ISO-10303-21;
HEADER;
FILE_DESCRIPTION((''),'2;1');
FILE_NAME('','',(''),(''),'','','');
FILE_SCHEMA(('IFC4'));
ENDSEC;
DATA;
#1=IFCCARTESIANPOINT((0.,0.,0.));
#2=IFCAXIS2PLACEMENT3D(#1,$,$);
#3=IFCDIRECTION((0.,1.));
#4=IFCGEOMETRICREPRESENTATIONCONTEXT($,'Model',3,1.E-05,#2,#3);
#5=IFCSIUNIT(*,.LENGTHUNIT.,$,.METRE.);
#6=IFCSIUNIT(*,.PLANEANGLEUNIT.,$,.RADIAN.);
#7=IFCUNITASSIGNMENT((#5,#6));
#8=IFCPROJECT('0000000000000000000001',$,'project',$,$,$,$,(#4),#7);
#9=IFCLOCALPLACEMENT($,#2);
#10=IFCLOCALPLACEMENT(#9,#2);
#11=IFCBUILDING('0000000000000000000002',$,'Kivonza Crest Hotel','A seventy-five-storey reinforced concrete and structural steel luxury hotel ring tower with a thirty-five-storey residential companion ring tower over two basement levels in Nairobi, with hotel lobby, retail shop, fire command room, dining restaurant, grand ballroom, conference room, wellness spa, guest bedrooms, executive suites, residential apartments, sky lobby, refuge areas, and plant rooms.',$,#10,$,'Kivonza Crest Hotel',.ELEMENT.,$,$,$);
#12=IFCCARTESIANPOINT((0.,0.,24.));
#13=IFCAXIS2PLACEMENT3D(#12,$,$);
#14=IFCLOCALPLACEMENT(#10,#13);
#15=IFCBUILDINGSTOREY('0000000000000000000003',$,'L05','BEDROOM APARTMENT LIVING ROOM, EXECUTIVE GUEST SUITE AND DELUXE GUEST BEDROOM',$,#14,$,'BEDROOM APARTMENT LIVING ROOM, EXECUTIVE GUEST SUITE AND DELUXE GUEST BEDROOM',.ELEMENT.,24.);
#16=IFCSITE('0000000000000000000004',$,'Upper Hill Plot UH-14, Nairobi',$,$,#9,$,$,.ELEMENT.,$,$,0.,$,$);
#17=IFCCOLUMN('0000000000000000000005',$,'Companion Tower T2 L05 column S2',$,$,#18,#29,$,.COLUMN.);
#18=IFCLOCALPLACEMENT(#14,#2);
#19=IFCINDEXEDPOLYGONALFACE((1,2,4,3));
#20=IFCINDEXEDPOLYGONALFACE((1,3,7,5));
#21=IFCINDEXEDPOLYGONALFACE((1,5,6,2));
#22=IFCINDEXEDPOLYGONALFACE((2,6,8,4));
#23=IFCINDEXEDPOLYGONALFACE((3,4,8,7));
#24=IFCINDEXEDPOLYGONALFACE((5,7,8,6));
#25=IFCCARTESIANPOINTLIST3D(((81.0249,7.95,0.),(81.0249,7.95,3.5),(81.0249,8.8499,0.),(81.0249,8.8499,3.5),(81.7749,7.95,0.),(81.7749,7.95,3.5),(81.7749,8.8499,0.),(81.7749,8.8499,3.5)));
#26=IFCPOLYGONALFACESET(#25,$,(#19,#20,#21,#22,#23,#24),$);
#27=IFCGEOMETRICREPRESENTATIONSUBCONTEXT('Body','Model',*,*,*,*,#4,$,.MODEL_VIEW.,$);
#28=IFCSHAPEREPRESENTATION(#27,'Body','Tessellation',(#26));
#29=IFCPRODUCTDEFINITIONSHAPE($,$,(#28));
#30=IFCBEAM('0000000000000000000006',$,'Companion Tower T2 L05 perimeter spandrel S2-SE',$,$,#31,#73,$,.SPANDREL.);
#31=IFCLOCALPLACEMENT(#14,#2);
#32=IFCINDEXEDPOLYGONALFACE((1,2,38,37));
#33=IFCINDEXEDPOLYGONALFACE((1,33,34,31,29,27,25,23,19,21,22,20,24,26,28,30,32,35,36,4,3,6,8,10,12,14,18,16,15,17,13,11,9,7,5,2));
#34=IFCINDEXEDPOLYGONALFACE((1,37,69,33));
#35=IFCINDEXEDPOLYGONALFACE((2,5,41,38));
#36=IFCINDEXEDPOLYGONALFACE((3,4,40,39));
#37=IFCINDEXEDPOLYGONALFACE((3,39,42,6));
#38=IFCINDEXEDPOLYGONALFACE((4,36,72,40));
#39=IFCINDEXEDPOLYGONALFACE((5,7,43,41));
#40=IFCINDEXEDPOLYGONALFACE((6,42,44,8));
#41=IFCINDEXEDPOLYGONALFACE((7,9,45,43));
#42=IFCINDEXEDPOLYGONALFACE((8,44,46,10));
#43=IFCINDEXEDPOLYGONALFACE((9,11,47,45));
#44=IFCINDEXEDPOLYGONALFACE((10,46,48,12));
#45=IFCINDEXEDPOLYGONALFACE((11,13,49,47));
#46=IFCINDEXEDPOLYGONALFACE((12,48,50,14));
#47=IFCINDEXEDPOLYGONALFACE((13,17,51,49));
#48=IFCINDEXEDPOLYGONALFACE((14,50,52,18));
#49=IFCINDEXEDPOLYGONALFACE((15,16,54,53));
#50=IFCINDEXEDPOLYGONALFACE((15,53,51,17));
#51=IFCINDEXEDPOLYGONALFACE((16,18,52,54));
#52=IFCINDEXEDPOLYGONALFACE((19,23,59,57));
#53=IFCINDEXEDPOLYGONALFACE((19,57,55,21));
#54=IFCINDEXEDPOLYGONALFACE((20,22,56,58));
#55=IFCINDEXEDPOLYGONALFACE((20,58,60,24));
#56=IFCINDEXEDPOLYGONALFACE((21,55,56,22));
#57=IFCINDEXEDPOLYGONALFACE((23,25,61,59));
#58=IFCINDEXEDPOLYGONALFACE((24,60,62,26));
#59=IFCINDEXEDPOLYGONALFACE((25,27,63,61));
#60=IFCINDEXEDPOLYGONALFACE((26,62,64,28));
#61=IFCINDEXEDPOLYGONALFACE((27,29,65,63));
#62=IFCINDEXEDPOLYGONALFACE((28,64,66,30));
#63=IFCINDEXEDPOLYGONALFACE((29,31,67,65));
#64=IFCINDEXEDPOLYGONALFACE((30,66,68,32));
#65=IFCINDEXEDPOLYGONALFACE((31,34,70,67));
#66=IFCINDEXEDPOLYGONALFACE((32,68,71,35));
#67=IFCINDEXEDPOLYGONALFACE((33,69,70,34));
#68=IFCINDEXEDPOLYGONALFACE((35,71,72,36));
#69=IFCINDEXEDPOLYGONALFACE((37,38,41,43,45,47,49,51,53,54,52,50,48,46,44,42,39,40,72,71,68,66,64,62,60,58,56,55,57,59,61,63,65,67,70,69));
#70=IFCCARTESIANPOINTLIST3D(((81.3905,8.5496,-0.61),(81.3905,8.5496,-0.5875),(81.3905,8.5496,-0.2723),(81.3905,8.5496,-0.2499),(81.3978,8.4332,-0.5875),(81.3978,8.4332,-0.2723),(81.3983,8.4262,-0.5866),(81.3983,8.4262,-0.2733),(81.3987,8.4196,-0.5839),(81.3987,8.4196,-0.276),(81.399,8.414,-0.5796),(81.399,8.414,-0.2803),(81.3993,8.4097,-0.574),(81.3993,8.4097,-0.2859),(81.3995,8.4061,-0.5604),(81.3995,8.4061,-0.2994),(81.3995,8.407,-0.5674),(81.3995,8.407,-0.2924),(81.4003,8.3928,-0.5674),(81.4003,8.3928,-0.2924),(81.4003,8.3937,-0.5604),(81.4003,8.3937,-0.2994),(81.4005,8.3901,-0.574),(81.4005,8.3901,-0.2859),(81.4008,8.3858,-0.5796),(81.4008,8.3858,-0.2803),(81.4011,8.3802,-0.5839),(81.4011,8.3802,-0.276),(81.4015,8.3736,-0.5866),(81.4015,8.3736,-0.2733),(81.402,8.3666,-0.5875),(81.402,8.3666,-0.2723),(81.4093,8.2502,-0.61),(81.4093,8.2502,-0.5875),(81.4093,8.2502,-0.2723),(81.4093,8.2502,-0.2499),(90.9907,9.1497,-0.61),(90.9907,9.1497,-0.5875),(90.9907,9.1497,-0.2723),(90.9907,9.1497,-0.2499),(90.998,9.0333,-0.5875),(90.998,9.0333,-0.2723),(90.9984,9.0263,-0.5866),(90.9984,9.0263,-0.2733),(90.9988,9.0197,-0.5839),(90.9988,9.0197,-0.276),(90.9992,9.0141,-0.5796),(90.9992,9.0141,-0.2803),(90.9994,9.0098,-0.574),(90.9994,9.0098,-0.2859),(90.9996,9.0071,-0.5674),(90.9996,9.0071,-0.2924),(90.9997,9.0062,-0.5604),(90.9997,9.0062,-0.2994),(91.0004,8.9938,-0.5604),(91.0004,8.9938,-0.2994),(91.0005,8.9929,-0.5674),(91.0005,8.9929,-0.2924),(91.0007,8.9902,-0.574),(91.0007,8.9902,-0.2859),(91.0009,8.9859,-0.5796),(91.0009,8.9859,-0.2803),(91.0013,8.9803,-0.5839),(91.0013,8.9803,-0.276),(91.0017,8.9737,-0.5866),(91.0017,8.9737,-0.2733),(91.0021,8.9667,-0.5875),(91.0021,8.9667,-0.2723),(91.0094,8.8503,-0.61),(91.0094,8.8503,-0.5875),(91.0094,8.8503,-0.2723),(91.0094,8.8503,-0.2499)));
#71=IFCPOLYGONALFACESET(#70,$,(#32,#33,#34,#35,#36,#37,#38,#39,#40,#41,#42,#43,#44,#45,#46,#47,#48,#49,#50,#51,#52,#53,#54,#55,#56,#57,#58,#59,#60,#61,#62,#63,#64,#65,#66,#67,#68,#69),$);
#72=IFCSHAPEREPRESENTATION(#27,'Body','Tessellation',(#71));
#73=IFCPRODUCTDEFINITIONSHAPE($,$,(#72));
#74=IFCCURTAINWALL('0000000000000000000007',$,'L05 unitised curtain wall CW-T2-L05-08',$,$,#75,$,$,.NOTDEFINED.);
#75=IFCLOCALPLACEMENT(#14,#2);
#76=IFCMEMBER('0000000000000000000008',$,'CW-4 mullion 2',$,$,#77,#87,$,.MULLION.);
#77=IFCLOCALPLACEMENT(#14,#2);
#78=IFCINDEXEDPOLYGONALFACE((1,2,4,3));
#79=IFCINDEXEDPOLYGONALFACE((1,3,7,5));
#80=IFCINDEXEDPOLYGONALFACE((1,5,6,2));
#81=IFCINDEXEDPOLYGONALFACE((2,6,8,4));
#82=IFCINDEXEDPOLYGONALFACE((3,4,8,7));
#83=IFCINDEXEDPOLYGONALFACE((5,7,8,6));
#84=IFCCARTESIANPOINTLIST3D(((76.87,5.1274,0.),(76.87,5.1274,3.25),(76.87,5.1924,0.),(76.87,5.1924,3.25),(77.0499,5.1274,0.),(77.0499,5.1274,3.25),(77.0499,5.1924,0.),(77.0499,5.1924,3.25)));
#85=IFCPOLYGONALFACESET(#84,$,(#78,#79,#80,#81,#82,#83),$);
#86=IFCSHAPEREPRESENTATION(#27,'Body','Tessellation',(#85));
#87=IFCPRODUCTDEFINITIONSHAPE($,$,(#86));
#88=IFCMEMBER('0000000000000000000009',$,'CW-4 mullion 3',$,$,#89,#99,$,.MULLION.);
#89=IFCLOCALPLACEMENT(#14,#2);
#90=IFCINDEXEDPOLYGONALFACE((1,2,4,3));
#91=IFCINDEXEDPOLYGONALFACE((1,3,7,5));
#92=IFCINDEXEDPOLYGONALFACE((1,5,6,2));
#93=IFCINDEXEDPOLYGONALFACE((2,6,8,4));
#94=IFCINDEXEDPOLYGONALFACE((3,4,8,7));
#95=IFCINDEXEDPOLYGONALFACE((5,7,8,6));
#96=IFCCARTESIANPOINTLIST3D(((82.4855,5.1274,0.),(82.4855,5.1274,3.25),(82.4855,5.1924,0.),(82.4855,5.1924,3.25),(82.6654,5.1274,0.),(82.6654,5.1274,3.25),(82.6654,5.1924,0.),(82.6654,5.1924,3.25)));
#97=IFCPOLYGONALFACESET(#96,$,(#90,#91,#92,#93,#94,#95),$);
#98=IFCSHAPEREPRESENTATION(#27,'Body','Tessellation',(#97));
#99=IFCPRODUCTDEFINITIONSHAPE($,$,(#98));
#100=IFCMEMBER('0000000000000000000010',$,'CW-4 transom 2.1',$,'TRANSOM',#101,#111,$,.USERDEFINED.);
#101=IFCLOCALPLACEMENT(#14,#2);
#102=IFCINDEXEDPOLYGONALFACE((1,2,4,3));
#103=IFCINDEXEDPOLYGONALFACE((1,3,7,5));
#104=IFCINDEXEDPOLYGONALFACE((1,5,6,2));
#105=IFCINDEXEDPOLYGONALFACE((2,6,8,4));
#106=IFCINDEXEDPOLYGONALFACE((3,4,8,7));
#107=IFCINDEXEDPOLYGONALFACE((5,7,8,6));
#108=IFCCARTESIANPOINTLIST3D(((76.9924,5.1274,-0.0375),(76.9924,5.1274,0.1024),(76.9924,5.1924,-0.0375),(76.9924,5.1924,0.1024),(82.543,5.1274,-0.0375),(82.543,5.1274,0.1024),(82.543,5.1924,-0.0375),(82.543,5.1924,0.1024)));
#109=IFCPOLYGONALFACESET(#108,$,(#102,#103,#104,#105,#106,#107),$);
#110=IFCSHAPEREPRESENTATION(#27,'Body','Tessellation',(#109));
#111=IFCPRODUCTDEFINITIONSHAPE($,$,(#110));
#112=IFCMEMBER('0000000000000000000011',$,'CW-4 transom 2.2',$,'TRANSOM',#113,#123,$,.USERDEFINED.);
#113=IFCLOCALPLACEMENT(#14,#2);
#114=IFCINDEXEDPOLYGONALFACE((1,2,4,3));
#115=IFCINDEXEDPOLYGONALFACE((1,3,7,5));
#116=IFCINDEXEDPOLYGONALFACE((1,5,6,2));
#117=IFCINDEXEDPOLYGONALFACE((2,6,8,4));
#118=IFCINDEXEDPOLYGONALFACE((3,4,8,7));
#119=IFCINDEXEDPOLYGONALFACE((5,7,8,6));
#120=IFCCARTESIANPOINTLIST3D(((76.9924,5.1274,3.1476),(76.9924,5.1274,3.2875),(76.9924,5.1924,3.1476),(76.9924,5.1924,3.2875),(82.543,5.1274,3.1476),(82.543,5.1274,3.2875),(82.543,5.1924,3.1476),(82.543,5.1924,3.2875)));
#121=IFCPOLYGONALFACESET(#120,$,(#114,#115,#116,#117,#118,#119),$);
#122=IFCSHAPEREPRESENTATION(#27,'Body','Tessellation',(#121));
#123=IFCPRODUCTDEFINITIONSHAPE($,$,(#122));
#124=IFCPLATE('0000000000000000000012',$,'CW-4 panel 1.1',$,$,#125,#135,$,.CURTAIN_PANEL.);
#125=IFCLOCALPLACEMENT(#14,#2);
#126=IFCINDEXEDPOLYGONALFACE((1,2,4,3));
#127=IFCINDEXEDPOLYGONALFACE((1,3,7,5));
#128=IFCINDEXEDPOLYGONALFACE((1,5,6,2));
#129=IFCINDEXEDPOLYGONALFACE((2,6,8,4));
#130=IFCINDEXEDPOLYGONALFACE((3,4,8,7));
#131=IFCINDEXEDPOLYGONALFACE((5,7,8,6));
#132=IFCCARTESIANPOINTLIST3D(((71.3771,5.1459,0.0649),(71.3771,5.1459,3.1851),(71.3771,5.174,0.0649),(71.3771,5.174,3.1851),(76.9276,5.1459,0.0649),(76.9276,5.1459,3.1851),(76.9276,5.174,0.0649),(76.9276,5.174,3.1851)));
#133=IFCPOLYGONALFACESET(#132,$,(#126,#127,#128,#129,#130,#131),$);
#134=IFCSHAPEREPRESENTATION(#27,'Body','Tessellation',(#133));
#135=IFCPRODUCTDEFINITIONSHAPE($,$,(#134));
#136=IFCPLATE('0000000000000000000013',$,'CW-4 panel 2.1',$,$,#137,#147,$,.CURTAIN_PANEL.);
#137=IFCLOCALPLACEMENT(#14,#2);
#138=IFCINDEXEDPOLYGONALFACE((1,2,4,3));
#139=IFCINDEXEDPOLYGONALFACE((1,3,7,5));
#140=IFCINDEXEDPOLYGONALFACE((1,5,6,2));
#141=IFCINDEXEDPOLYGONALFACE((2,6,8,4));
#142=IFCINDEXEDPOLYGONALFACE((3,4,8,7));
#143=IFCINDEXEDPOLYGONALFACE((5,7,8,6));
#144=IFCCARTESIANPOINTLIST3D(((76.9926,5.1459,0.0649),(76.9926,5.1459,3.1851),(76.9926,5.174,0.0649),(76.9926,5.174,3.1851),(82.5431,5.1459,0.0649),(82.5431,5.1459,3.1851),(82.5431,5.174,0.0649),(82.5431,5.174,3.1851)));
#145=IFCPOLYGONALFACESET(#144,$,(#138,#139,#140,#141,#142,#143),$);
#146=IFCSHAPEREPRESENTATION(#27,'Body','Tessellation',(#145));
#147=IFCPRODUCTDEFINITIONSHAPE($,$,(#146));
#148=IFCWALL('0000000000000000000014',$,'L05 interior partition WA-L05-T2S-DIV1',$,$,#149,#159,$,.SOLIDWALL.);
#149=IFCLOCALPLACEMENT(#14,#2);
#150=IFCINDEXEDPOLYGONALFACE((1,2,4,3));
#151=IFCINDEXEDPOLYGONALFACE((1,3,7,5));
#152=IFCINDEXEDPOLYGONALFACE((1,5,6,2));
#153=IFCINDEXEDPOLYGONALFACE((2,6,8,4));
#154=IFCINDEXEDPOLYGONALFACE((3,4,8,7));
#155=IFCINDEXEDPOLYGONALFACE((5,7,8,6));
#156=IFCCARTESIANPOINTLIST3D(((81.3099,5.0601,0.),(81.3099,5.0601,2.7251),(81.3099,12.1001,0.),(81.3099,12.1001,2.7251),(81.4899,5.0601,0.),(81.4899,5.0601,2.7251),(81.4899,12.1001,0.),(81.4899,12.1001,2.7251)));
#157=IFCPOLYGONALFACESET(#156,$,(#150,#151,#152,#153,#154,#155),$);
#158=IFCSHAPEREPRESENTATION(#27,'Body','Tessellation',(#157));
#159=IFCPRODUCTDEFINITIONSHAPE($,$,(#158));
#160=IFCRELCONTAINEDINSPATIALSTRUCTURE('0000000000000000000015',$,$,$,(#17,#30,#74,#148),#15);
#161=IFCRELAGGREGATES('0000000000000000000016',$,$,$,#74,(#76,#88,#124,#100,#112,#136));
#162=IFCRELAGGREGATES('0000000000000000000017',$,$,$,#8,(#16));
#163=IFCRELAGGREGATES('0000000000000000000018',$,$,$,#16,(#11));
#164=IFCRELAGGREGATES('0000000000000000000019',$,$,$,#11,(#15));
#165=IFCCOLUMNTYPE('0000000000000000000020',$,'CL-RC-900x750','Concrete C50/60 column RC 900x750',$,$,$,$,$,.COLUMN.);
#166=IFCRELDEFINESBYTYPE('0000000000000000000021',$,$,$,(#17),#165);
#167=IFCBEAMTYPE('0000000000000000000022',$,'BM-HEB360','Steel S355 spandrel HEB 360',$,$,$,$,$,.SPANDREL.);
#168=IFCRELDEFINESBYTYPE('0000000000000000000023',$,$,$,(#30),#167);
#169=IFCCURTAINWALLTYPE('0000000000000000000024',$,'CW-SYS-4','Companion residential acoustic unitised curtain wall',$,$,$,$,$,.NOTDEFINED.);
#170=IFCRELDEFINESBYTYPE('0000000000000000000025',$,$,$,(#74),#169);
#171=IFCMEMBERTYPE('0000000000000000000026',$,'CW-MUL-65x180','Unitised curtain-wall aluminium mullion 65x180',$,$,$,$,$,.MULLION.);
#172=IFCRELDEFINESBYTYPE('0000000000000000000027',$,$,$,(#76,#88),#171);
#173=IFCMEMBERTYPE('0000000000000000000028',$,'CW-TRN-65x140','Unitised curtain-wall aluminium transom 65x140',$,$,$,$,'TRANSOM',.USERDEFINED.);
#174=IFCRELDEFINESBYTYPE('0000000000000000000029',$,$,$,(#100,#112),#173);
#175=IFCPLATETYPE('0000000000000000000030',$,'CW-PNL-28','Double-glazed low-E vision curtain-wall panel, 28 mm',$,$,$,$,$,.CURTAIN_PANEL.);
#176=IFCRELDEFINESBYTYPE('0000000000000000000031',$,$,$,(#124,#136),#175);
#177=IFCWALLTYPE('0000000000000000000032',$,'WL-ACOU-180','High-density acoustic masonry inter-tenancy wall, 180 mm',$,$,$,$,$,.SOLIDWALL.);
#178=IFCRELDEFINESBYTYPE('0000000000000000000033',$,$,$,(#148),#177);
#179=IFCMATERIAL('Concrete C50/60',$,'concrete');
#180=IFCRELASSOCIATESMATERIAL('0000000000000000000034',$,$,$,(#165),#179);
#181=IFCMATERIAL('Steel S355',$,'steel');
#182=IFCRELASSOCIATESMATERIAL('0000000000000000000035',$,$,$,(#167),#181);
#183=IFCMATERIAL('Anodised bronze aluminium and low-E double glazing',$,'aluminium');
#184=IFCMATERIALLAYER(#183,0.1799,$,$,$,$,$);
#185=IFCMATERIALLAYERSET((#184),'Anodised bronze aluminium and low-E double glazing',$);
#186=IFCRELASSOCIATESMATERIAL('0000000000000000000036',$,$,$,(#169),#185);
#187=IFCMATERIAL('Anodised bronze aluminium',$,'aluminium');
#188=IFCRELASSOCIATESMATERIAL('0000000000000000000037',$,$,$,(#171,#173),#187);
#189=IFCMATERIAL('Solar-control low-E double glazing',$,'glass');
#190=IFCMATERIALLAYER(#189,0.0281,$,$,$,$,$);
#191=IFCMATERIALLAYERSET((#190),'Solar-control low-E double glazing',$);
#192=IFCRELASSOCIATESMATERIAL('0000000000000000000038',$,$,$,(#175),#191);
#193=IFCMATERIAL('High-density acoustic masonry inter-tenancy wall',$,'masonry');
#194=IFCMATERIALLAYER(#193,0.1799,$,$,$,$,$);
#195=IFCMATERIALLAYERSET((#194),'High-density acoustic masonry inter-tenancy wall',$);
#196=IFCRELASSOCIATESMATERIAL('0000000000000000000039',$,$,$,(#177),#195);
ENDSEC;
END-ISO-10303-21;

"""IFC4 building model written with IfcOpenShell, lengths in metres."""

from ifc_helpers import new_model, si_unit, direction, frame, frame_2d, origin, origin_2d, place, context, subcontext, project, spatial, rectangle, i_section, extrude, material, layer, layer_set, material_profile, profile_set, type_object, element, aggregate, save


model = new_model("IFC4")

# Units and contexts
model_context = context("Model", 3, precision=1e-05, world=origin(), true_north=direction((0.0, 1.0)))
body_context = subcontext(model_context, "Body", "Model", "MODEL_VIEW")
ifc_project = project(units=[si_unit("LENGTHUNIT", "METRE"), si_unit("PLANEANGLEUNIT", "RADIAN")], contexts=[model_context])

# Site, building, storey
site_placement = place(None, origin())
site = spatial("IfcSite", under=ifc_project, at=site_placement, Name="Upper Hill Plot UH-14, Nairobi", CompositionType="ELEMENT", RefElevation=0.0)
building_placement = place(site_placement, origin())
building = spatial("IfcBuilding", under=site, at=building_placement, Name="Kivonza Crest Hotel", Description="A seventy-five-storey reinforced concrete and structural steel luxury hotel ring tower with a thirty-five-storey residential companion ring tower over two basement levels in Nairobi, with hotel lobby, retail shop, fire command room, dining restaurant, grand ballroom, conference room, wellness spa, guest bedrooms, executive suites, residential apartments, sky lobby, refuge areas, and plant rooms.", LongName="Kivonza Crest Hotel", CompositionType="ELEMENT")
storey_placement = place(building_placement, frame((0.0, 0.0, 24.0)))
storey = spatial("IfcBuildingStorey", under=building, at=storey_placement, Name="L05", Description="BEDROOM APARTMENT LIVING ROOM, EXECUTIVE GUEST SUITE AND DELUXE GUEST BEDROOM", LongName="BEDROOM APARTMENT LIVING ROOM, EXECUTIVE GUEST SUITE AND DELUXE GUEST BEDROOM", CompositionType="ELEMENT", Elevation=24.0)

# Column
ifc_material_1 = material(Name="Concrete C50/60", Category="concrete")
ifc_material_profile_1 = material_profile(ifc_material_1, rectangle(XDim=0.75, YDim=0.8999, at=origin_2d()), Name="RC 900x750")
ifc_profile_set_1 = profile_set([ifc_material_profile_1], Name="Concrete C50/60")
column_type = type_object("IfcColumnType", Name="CL-RC-900x750", Description="Concrete C50/60 column RC 900x750", PredefinedType="COLUMN", material=ifc_profile_set_1)
column_placement = place(storey_placement, frame((81.3999, 8.3999, 0.0), z_axis=(0.0, 0.0, 1.0), x_axis=(1.0, 0.0, 0.0)))
element("IfcColumn", 1, at=column_placement, inside=storey, type_object=column_type, Name="Companion Tower T2 L05 column S2", PredefinedType="COLUMN", context=body_context, shape_type="SweptSolid", body=[
    extrude(rectangle(XDim=0.75, YDim=0.8999, at=origin_2d()), origin(), (0.0, 0.0, 1.0), 3.5),
])

# Beam
ifc_material_2 = material(Name="Steel S355", Category="steel")
ifc_material_profile_2 = material_profile(ifc_material_2, i_section(OverallWidth=0.3, OverallDepth=0.3601, WebThickness=0.0125, FlangeThickness=0.0225, FilletRadius=0.0271, at=origin_2d()), Name="HEB 360")
ifc_profile_set_2 = profile_set([ifc_material_profile_2], Name="Steel S355")
beam_type = type_object("IfcBeamType", Name="BM-HEB360", Description="Steel S355 spandrel HEB 360", PredefinedType="SPANDREL", material=ifc_profile_set_2)
beam_placement = place(storey_placement, frame((81.3999, 8.3999, -0.4299), z_axis=(0.998052, 0.062388, 0.0), x_axis=(-0.062388, 0.998052, 0.0)))
element("IfcBeam", 2, at=beam_placement, inside=storey, type_object=beam_type, Name="Companion Tower T2 L05 perimeter spandrel S2-SE", PredefinedType="SPANDREL", context=body_context, shape_type="SweptSolid", body=[
    extrude(i_section(OverallWidth=0.3, OverallDepth=0.3601, WebThickness=0.0125, FlangeThickness=0.0225, FilletRadius=0.0271, at=origin_2d()), origin(), (0.0, 0.0, 1.0), 9.6189),
])

# Curtain wall, members, plates
ifc_material_3 = material(Name="Anodised bronze aluminium and low-E double glazing", Category="aluminium")
ifc_layer_1 = layer(ifc_material_3, 0.1799)
ifc_layer_set_1 = layer_set([ifc_layer_1], Name="Anodised bronze aluminium and low-E double glazing")
curtain_wall_type = type_object("IfcCurtainWallType", Name="CW-SYS-4", Description="Companion residential acoustic unitised curtain wall", PredefinedType="NOTDEFINED", material=ifc_layer_set_1)
curtain_wall_placement = place(storey_placement, origin())
curtain_wall = element("IfcCurtainWall", 3, at=curtain_wall_placement, inside=storey, type_object=curtain_wall_type, Name="L05 unitised curtain wall CW-T2-L05-08", PredefinedType="NOTDEFINED")
ifc_material_4 = material(Name="Anodised bronze aluminium", Category="aluminium")
ifc_material_profile_3 = material_profile(ifc_material_4, rectangle(XDim=0.0649, YDim=0.1799, at=origin_2d()), Name="CW-M 65x180")
ifc_profile_set_3 = profile_set([ifc_material_profile_3], Name="Anodised bronze aluminium")
member_type_1 = type_object("IfcMemberType", Name="CW-MUL-65x180", Description="Unitised curtain-wall aluminium mullion 65x180", PredefinedType="MULLION", material=ifc_profile_set_3)
member_1_placement = place(storey_placement, frame((76.96, 5.1599, 0.0), z_axis=(0.0, 0.0, 1.0), x_axis=(0.0, 1.0, 0.0)))
member_1 = element("IfcMember", 4, at=member_1_placement, type_object=member_type_1, Name="CW-4 mullion 2", PredefinedType="MULLION", context=body_context, shape_type="SweptSolid", body=[
    extrude(rectangle(XDim=0.0649, YDim=0.1799, at=origin_2d()), origin(), (0.0, 0.0, 1.0), 3.25),
])
member_2_placement = place(storey_placement, frame((82.5754, 5.1599, 0.0), z_axis=(0.0, 0.0, 1.0), x_axis=(0.0, 1.0, 0.0)))
member_2 = element("IfcMember", 5, at=member_2_placement, type_object=member_type_1, Name="CW-4 mullion 3", PredefinedType="MULLION", context=body_context, shape_type="SweptSolid", body=[
    extrude(rectangle(XDim=0.0649, YDim=0.1799, at=origin_2d()), origin(), (0.0, 0.0, 1.0), 3.25),
])
ifc_material_profile_4 = material_profile(ifc_material_4, rectangle(XDim=0.0649, YDim=0.1399, at=origin_2d()), Name="CW-T 65x140")
ifc_profile_set_4 = profile_set([ifc_material_profile_4], Name="Anodised bronze aluminium")
member_type_2 = type_object("IfcMemberType", Name="CW-TRN-65x140", Description="Unitised curtain-wall aluminium transom 65x140", ElementType="TRANSOM", PredefinedType="USERDEFINED", material=ifc_profile_set_4)
member_3_placement = place(storey_placement, frame((76.9924, 5.1599, 0.0325), z_axis=(1.0, 0.0, 0.0), x_axis=(0.0, 1.0, 0.0)))
member_3 = element("IfcMember", 6, at=member_3_placement, type_object=member_type_2, Name="CW-4 transom 2.1", ObjectType="TRANSOM", PredefinedType="USERDEFINED", context=body_context, shape_type="SweptSolid", body=[
    extrude(rectangle(XDim=0.0649, YDim=0.1399, at=origin_2d()), origin(), (0.0, 0.0, 1.0), 5.5505),
])
member_4_placement = place(storey_placement, frame((76.9924, 5.1599, 3.2175), z_axis=(1.0, 0.0, 0.0), x_axis=(0.0, 1.0, 0.0)))
member_4 = element("IfcMember", 7, at=member_4_placement, type_object=member_type_2, Name="CW-4 transom 2.2", ObjectType="TRANSOM", PredefinedType="USERDEFINED", context=body_context, shape_type="SweptSolid", body=[
    extrude(rectangle(XDim=0.0649, YDim=0.1399, at=origin_2d()), origin(), (0.0, 0.0, 1.0), 5.5505),
])
ifc_material_5 = material(Name="Solar-control low-E double glazing", Category="glass")
ifc_layer_2 = layer(ifc_material_5, 0.0281)
ifc_layer_set_2 = layer_set([ifc_layer_2], Name="Solar-control low-E double glazing")
plate_type = type_object("IfcPlateType", Name="CW-PNL-28", Description="Double-glazed low-E vision curtain-wall panel, 28 mm", PredefinedType="CURTAIN_PANEL", material=ifc_layer_set_2)
plate_1_placement = place(storey_placement, frame((74.1523, 5.1599, 0.0649), z_axis=(0.0, 0.0, 1.0), x_axis=(1.0, 0.0, 0.0)))
plate_1 = element("IfcPlate", 8, at=plate_1_placement, type_object=plate_type, Name="CW-4 panel 1.1", PredefinedType="CURTAIN_PANEL", context=body_context, shape_type="SweptSolid", body=[
    extrude(rectangle(XDim=5.5505, YDim=0.0281, at=origin_2d()), origin(), (0.0, 0.0, 1.0), 3.1201),
])
plate_2_placement = place(storey_placement, frame((79.7678, 5.1599, 0.0649), z_axis=(0.0, 0.0, 1.0), x_axis=(1.0, 0.0, 0.0)))
plate_2 = element("IfcPlate", 9, at=plate_2_placement, type_object=plate_type, Name="CW-4 panel 2.1", PredefinedType="CURTAIN_PANEL", context=body_context, shape_type="SweptSolid", body=[
    extrude(rectangle(XDim=5.5505, YDim=0.0281, at=origin_2d()), origin(), (0.0, 0.0, 1.0), 3.1201),
])
aggregate(curtain_wall, [member_1, member_2, plate_1, member_3, member_4, plate_2])

# Wall
ifc_material_6 = material(Name="High-density acoustic masonry inter-tenancy wall", Category="masonry")
ifc_layer_3 = layer(ifc_material_6, 0.1799)
ifc_layer_set_3 = layer_set([ifc_layer_3], Name="High-density acoustic masonry inter-tenancy wall")
wall_type_1 = type_object("IfcWallType", Name="WL-ACOU-180", Description="High-density acoustic masonry inter-tenancy wall, 180 mm", PredefinedType="SOLIDWALL", material=ifc_layer_set_3)
wall_1_placement = place(storey_placement, frame((81.3999, 5.0601, 0.0), z_axis=(0.0, 0.0, 1.0), x_axis=(0.0, 1.0, 0.0)))
element("IfcWall", 10, at=wall_1_placement, inside=storey, type_object=wall_type_1, Name="L05 interior partition WA-L05-T2S-DIV1", PredefinedType="SOLIDWALL", context=body_context, shape_type="SweptSolid", body=[
    extrude(rectangle(XDim=7.04, YDim=0.1799, at=frame_2d((3.52, 0.0))), origin(), (0.0, 0.0, 1.0), 2.7251),
])

save(model, "model.ifc")
